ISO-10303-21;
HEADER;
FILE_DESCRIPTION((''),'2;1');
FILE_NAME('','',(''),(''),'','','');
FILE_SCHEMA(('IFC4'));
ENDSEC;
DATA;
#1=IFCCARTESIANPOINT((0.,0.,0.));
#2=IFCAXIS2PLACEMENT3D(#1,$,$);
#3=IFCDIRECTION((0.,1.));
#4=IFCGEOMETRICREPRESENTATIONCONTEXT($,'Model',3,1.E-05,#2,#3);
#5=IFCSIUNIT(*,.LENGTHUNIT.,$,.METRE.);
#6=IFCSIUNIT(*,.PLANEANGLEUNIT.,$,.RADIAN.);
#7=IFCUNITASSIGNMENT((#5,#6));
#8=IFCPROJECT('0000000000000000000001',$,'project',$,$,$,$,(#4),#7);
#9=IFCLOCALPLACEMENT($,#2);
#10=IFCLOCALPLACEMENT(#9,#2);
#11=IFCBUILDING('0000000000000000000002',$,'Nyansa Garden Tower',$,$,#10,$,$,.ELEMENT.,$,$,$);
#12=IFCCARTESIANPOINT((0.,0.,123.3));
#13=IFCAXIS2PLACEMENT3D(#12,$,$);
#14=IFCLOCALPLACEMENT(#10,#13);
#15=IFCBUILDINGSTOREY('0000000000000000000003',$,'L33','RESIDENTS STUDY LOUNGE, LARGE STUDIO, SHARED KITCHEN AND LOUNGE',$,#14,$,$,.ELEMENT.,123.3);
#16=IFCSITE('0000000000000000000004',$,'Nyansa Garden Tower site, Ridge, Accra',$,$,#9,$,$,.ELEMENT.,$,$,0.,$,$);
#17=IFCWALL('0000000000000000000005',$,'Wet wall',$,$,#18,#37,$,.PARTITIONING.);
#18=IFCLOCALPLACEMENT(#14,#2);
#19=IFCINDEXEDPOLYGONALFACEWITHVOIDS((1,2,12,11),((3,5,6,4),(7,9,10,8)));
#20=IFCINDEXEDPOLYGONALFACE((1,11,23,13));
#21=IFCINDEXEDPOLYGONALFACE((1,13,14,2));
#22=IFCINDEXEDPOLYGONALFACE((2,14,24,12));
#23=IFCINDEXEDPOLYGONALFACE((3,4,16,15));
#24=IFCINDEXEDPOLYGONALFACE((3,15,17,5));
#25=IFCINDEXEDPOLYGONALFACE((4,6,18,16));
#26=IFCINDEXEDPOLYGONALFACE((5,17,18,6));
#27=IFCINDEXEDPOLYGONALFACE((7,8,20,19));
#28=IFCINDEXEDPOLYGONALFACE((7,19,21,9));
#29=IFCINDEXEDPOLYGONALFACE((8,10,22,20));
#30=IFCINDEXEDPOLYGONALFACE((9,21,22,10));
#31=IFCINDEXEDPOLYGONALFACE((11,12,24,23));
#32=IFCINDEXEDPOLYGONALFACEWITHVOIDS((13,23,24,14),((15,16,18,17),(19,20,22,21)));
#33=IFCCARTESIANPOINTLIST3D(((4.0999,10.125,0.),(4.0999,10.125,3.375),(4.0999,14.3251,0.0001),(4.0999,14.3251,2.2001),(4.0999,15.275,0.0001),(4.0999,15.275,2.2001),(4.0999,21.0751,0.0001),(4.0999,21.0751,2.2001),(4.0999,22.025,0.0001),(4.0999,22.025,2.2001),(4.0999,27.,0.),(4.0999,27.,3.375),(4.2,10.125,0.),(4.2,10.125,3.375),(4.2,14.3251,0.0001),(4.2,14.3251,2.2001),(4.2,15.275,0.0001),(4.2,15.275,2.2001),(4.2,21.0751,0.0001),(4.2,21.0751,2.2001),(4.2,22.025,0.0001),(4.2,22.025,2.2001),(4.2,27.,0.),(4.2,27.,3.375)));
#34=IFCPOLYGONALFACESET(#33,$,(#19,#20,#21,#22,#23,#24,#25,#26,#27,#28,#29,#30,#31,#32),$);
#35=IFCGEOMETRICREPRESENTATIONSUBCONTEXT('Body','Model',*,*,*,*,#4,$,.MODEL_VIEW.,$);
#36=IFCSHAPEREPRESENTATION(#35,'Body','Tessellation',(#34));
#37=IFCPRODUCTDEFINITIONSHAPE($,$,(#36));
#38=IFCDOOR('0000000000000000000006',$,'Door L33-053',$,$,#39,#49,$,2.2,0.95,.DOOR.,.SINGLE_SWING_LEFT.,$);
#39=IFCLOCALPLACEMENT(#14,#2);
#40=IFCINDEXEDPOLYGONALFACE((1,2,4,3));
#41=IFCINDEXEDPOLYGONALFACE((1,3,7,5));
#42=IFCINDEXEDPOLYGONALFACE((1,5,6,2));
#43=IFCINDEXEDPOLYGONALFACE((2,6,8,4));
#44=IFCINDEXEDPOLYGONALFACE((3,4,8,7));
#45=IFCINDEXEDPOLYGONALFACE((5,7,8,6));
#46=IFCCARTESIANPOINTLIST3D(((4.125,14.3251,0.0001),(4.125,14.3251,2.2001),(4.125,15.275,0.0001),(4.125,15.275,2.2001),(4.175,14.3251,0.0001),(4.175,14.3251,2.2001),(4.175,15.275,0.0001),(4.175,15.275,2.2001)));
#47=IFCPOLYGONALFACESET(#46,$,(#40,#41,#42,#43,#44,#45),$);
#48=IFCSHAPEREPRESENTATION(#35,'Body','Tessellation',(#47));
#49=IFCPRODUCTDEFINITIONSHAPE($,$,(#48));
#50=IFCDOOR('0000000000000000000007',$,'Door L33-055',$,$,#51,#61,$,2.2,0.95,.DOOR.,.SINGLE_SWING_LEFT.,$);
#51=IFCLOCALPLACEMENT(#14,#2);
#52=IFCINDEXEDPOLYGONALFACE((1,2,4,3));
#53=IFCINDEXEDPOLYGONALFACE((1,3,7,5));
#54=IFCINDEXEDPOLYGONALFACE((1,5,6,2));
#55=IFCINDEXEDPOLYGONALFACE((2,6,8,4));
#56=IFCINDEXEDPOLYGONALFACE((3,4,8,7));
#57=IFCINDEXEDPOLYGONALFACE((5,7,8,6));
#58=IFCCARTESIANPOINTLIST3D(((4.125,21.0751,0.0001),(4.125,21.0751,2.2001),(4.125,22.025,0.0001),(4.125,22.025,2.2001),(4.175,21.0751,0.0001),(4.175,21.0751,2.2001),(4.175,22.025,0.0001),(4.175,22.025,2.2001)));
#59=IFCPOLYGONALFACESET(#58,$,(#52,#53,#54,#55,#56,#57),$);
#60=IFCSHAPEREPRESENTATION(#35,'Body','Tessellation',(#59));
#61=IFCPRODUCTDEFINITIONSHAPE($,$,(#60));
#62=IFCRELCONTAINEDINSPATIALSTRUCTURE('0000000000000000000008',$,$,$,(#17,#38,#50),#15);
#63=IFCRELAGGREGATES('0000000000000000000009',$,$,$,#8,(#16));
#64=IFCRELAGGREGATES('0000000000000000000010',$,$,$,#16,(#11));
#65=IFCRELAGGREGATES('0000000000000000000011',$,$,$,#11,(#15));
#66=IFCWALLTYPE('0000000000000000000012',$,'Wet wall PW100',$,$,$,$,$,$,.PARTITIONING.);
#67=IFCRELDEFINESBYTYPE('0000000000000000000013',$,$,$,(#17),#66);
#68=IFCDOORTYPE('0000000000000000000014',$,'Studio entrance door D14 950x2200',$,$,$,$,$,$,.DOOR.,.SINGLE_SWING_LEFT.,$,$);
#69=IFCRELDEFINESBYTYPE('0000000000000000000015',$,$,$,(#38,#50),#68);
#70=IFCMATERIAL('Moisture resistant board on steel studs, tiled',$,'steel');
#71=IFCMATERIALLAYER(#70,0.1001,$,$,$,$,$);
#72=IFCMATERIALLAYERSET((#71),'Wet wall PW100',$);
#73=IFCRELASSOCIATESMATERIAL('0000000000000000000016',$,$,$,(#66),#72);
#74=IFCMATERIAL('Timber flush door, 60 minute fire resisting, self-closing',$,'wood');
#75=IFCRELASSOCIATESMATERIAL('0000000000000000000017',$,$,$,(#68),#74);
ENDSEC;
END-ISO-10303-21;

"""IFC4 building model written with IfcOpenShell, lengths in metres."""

from ifc_helpers import new_model, si_unit, direction, frame, frame_2d, origin, place, context, subcontext, project, spatial, rectangle, extrude, material, layer, layer_set, type_object, element, fill, save


model = new_model("IFC4")

# Units and contexts
model_context = context("Model", 3, precision=1e-05, world=origin(), true_north=direction((0.0, 1.0)))
body_context = subcontext(model_context, "Body", "Model", "MODEL_VIEW")
ifc_project = project(units=[si_unit("LENGTHUNIT", "METRE"), si_unit("PLANEANGLEUNIT", "RADIAN")], contexts=[model_context])

# Site, building, storey
site_placement = place(None, origin())
site = spatial("IfcSite", under=ifc_project, at=site_placement, Name="Nyansa Garden Tower site, Ridge, Accra", CompositionType="ELEMENT", RefElevation=0.0)
building_placement = place(site_placement, origin())
building = spatial("IfcBuilding", under=site, at=building_placement, Name="Nyansa Garden Tower", CompositionType="ELEMENT")
storey_placement = place(building_placement, frame((0.0, 0.0, 123.3)))
storey = spatial("IfcBuildingStorey", under=building, at=storey_placement, Name="L33", Description="RESIDENTS STUDY LOUNGE, LARGE STUDIO, SHARED KITCHEN AND LOUNGE", CompositionType="ELEMENT", Elevation=123.3)

# Shared definitions
ifc_material_1 = material(Name="Moisture resistant board on steel studs, tiled", Category="steel")
ifc_layer_1 = layer(ifc_material_1, 0.1001)
ifc_layer_set_1 = layer_set([ifc_layer_1], Name="Wet wall PW100")
wall_type_1 = type_object("IfcWallType", Name="Wet wall PW100", PredefinedType="PARTITIONING", material=ifc_layer_set_1)

# Wall, openings, doors
wall_1_placement = place(storey_placement, frame((4.1499, 10.125, 0.0), z_axis=(0.0, 0.0, 1.0), x_axis=(0.0, 1.0, 0.0)))
wall_1 = element("IfcWall", 1, at=wall_1_placement, inside=storey, type_object=wall_type_1, Name="Wet wall", PredefinedType="PARTITIONING", context=body_context, shape_type="SweptSolid", body=[
    extrude(rectangle(XDim=16.875, YDim=0.1001, at=frame_2d((8.4375, 0.0))), origin(), (0.0, 0.0, 1.0), 3.375),
])
opening_1_placement = place(wall_1_placement, frame((4.2, 0.0, 0.0)))
opening_1 = element("IfcOpeningElement", 2, at=opening_1_placement, cuts=wall_1, PredefinedType="OPENING", context=body_context, shape_type="SweptSolid", body=[
    extrude(rectangle(XDim=0.95, YDim=2.2, at=frame_2d((0.4751, 1.1001))), frame((0.0, 0.0601, 0.0), z_axis=(0.0, -1.0, 0.0), x_axis=(1.0, 0.0, 0.0)), (0.0, 0.0, 1.0), 0.1201),
])
opening_2_placement = place(wall_1_placement, frame((10.95, 0.0, 0.0)))
opening_2 = element("IfcOpeningElement", 3, at=opening_2_placement, cuts=wall_1, PredefinedType="OPENING", context=body_context, shape_type="SweptSolid", body=[
    extrude(rectangle(XDim=0.95, YDim=2.2, at=frame_2d((0.4751, 1.1001))), frame((0.0, 0.0601, 0.0), z_axis=(0.0, -1.0, 0.0), x_axis=(1.0, 0.0, 0.0)), (0.0, 0.0, 1.0), 0.1201),
])
ifc_material_2 = material(Name="Timber flush door, 60 minute fire resisting, self-closing", Category="wood")
door_type_1 = type_object("IfcDoorType", Name="Studio entrance door D14 950x2200", OperationType="SINGLE_SWING_LEFT", PredefinedType="DOOR", material=ifc_material_2)
door_1_placement = place(opening_1_placement, origin())
door_1 = element("IfcDoor", 4, at=door_1_placement, inside=storey, type_object=door_type_1, Name="Door L33-053", OperationType="SINGLE_SWING_LEFT", OverallHeight=2.2, OverallWidth=0.95, PredefinedType="DOOR", context=body_context, shape_type="SweptSolid", body=[
    extrude(rectangle(XDim=0.95, YDim=2.2, at=frame_2d((0.4751, 1.1001))), frame((0.0, 0.0249, 0.0), z_axis=(0.0, -1.0, 0.0), x_axis=(1.0, 0.0, 0.0)), (0.0, 0.0, 1.0), 0.05),
])
fill(opening_1, door_1)
door_2_placement = place(opening_2_placement, origin())
door_2 = element("IfcDoor", 5, at=door_2_placement, inside=storey, type_object=door_type_1, Name="Door L33-055", OperationType="SINGLE_SWING_LEFT", OverallHeight=2.2, OverallWidth=0.95, PredefinedType="DOOR", context=body_context, shape_type="SweptSolid", body=[
    extrude(rectangle(XDim=0.95, YDim=2.2, at=frame_2d((0.4751, 1.1001))), frame((0.0, 0.0249, 0.0), z_axis=(0.0, -1.0, 0.0), x_axis=(1.0, 0.0, 0.0)), (0.0, 0.0, 1.0), 0.05),
])
fill(opening_2, door_2)

save(model, "model.ifc")
